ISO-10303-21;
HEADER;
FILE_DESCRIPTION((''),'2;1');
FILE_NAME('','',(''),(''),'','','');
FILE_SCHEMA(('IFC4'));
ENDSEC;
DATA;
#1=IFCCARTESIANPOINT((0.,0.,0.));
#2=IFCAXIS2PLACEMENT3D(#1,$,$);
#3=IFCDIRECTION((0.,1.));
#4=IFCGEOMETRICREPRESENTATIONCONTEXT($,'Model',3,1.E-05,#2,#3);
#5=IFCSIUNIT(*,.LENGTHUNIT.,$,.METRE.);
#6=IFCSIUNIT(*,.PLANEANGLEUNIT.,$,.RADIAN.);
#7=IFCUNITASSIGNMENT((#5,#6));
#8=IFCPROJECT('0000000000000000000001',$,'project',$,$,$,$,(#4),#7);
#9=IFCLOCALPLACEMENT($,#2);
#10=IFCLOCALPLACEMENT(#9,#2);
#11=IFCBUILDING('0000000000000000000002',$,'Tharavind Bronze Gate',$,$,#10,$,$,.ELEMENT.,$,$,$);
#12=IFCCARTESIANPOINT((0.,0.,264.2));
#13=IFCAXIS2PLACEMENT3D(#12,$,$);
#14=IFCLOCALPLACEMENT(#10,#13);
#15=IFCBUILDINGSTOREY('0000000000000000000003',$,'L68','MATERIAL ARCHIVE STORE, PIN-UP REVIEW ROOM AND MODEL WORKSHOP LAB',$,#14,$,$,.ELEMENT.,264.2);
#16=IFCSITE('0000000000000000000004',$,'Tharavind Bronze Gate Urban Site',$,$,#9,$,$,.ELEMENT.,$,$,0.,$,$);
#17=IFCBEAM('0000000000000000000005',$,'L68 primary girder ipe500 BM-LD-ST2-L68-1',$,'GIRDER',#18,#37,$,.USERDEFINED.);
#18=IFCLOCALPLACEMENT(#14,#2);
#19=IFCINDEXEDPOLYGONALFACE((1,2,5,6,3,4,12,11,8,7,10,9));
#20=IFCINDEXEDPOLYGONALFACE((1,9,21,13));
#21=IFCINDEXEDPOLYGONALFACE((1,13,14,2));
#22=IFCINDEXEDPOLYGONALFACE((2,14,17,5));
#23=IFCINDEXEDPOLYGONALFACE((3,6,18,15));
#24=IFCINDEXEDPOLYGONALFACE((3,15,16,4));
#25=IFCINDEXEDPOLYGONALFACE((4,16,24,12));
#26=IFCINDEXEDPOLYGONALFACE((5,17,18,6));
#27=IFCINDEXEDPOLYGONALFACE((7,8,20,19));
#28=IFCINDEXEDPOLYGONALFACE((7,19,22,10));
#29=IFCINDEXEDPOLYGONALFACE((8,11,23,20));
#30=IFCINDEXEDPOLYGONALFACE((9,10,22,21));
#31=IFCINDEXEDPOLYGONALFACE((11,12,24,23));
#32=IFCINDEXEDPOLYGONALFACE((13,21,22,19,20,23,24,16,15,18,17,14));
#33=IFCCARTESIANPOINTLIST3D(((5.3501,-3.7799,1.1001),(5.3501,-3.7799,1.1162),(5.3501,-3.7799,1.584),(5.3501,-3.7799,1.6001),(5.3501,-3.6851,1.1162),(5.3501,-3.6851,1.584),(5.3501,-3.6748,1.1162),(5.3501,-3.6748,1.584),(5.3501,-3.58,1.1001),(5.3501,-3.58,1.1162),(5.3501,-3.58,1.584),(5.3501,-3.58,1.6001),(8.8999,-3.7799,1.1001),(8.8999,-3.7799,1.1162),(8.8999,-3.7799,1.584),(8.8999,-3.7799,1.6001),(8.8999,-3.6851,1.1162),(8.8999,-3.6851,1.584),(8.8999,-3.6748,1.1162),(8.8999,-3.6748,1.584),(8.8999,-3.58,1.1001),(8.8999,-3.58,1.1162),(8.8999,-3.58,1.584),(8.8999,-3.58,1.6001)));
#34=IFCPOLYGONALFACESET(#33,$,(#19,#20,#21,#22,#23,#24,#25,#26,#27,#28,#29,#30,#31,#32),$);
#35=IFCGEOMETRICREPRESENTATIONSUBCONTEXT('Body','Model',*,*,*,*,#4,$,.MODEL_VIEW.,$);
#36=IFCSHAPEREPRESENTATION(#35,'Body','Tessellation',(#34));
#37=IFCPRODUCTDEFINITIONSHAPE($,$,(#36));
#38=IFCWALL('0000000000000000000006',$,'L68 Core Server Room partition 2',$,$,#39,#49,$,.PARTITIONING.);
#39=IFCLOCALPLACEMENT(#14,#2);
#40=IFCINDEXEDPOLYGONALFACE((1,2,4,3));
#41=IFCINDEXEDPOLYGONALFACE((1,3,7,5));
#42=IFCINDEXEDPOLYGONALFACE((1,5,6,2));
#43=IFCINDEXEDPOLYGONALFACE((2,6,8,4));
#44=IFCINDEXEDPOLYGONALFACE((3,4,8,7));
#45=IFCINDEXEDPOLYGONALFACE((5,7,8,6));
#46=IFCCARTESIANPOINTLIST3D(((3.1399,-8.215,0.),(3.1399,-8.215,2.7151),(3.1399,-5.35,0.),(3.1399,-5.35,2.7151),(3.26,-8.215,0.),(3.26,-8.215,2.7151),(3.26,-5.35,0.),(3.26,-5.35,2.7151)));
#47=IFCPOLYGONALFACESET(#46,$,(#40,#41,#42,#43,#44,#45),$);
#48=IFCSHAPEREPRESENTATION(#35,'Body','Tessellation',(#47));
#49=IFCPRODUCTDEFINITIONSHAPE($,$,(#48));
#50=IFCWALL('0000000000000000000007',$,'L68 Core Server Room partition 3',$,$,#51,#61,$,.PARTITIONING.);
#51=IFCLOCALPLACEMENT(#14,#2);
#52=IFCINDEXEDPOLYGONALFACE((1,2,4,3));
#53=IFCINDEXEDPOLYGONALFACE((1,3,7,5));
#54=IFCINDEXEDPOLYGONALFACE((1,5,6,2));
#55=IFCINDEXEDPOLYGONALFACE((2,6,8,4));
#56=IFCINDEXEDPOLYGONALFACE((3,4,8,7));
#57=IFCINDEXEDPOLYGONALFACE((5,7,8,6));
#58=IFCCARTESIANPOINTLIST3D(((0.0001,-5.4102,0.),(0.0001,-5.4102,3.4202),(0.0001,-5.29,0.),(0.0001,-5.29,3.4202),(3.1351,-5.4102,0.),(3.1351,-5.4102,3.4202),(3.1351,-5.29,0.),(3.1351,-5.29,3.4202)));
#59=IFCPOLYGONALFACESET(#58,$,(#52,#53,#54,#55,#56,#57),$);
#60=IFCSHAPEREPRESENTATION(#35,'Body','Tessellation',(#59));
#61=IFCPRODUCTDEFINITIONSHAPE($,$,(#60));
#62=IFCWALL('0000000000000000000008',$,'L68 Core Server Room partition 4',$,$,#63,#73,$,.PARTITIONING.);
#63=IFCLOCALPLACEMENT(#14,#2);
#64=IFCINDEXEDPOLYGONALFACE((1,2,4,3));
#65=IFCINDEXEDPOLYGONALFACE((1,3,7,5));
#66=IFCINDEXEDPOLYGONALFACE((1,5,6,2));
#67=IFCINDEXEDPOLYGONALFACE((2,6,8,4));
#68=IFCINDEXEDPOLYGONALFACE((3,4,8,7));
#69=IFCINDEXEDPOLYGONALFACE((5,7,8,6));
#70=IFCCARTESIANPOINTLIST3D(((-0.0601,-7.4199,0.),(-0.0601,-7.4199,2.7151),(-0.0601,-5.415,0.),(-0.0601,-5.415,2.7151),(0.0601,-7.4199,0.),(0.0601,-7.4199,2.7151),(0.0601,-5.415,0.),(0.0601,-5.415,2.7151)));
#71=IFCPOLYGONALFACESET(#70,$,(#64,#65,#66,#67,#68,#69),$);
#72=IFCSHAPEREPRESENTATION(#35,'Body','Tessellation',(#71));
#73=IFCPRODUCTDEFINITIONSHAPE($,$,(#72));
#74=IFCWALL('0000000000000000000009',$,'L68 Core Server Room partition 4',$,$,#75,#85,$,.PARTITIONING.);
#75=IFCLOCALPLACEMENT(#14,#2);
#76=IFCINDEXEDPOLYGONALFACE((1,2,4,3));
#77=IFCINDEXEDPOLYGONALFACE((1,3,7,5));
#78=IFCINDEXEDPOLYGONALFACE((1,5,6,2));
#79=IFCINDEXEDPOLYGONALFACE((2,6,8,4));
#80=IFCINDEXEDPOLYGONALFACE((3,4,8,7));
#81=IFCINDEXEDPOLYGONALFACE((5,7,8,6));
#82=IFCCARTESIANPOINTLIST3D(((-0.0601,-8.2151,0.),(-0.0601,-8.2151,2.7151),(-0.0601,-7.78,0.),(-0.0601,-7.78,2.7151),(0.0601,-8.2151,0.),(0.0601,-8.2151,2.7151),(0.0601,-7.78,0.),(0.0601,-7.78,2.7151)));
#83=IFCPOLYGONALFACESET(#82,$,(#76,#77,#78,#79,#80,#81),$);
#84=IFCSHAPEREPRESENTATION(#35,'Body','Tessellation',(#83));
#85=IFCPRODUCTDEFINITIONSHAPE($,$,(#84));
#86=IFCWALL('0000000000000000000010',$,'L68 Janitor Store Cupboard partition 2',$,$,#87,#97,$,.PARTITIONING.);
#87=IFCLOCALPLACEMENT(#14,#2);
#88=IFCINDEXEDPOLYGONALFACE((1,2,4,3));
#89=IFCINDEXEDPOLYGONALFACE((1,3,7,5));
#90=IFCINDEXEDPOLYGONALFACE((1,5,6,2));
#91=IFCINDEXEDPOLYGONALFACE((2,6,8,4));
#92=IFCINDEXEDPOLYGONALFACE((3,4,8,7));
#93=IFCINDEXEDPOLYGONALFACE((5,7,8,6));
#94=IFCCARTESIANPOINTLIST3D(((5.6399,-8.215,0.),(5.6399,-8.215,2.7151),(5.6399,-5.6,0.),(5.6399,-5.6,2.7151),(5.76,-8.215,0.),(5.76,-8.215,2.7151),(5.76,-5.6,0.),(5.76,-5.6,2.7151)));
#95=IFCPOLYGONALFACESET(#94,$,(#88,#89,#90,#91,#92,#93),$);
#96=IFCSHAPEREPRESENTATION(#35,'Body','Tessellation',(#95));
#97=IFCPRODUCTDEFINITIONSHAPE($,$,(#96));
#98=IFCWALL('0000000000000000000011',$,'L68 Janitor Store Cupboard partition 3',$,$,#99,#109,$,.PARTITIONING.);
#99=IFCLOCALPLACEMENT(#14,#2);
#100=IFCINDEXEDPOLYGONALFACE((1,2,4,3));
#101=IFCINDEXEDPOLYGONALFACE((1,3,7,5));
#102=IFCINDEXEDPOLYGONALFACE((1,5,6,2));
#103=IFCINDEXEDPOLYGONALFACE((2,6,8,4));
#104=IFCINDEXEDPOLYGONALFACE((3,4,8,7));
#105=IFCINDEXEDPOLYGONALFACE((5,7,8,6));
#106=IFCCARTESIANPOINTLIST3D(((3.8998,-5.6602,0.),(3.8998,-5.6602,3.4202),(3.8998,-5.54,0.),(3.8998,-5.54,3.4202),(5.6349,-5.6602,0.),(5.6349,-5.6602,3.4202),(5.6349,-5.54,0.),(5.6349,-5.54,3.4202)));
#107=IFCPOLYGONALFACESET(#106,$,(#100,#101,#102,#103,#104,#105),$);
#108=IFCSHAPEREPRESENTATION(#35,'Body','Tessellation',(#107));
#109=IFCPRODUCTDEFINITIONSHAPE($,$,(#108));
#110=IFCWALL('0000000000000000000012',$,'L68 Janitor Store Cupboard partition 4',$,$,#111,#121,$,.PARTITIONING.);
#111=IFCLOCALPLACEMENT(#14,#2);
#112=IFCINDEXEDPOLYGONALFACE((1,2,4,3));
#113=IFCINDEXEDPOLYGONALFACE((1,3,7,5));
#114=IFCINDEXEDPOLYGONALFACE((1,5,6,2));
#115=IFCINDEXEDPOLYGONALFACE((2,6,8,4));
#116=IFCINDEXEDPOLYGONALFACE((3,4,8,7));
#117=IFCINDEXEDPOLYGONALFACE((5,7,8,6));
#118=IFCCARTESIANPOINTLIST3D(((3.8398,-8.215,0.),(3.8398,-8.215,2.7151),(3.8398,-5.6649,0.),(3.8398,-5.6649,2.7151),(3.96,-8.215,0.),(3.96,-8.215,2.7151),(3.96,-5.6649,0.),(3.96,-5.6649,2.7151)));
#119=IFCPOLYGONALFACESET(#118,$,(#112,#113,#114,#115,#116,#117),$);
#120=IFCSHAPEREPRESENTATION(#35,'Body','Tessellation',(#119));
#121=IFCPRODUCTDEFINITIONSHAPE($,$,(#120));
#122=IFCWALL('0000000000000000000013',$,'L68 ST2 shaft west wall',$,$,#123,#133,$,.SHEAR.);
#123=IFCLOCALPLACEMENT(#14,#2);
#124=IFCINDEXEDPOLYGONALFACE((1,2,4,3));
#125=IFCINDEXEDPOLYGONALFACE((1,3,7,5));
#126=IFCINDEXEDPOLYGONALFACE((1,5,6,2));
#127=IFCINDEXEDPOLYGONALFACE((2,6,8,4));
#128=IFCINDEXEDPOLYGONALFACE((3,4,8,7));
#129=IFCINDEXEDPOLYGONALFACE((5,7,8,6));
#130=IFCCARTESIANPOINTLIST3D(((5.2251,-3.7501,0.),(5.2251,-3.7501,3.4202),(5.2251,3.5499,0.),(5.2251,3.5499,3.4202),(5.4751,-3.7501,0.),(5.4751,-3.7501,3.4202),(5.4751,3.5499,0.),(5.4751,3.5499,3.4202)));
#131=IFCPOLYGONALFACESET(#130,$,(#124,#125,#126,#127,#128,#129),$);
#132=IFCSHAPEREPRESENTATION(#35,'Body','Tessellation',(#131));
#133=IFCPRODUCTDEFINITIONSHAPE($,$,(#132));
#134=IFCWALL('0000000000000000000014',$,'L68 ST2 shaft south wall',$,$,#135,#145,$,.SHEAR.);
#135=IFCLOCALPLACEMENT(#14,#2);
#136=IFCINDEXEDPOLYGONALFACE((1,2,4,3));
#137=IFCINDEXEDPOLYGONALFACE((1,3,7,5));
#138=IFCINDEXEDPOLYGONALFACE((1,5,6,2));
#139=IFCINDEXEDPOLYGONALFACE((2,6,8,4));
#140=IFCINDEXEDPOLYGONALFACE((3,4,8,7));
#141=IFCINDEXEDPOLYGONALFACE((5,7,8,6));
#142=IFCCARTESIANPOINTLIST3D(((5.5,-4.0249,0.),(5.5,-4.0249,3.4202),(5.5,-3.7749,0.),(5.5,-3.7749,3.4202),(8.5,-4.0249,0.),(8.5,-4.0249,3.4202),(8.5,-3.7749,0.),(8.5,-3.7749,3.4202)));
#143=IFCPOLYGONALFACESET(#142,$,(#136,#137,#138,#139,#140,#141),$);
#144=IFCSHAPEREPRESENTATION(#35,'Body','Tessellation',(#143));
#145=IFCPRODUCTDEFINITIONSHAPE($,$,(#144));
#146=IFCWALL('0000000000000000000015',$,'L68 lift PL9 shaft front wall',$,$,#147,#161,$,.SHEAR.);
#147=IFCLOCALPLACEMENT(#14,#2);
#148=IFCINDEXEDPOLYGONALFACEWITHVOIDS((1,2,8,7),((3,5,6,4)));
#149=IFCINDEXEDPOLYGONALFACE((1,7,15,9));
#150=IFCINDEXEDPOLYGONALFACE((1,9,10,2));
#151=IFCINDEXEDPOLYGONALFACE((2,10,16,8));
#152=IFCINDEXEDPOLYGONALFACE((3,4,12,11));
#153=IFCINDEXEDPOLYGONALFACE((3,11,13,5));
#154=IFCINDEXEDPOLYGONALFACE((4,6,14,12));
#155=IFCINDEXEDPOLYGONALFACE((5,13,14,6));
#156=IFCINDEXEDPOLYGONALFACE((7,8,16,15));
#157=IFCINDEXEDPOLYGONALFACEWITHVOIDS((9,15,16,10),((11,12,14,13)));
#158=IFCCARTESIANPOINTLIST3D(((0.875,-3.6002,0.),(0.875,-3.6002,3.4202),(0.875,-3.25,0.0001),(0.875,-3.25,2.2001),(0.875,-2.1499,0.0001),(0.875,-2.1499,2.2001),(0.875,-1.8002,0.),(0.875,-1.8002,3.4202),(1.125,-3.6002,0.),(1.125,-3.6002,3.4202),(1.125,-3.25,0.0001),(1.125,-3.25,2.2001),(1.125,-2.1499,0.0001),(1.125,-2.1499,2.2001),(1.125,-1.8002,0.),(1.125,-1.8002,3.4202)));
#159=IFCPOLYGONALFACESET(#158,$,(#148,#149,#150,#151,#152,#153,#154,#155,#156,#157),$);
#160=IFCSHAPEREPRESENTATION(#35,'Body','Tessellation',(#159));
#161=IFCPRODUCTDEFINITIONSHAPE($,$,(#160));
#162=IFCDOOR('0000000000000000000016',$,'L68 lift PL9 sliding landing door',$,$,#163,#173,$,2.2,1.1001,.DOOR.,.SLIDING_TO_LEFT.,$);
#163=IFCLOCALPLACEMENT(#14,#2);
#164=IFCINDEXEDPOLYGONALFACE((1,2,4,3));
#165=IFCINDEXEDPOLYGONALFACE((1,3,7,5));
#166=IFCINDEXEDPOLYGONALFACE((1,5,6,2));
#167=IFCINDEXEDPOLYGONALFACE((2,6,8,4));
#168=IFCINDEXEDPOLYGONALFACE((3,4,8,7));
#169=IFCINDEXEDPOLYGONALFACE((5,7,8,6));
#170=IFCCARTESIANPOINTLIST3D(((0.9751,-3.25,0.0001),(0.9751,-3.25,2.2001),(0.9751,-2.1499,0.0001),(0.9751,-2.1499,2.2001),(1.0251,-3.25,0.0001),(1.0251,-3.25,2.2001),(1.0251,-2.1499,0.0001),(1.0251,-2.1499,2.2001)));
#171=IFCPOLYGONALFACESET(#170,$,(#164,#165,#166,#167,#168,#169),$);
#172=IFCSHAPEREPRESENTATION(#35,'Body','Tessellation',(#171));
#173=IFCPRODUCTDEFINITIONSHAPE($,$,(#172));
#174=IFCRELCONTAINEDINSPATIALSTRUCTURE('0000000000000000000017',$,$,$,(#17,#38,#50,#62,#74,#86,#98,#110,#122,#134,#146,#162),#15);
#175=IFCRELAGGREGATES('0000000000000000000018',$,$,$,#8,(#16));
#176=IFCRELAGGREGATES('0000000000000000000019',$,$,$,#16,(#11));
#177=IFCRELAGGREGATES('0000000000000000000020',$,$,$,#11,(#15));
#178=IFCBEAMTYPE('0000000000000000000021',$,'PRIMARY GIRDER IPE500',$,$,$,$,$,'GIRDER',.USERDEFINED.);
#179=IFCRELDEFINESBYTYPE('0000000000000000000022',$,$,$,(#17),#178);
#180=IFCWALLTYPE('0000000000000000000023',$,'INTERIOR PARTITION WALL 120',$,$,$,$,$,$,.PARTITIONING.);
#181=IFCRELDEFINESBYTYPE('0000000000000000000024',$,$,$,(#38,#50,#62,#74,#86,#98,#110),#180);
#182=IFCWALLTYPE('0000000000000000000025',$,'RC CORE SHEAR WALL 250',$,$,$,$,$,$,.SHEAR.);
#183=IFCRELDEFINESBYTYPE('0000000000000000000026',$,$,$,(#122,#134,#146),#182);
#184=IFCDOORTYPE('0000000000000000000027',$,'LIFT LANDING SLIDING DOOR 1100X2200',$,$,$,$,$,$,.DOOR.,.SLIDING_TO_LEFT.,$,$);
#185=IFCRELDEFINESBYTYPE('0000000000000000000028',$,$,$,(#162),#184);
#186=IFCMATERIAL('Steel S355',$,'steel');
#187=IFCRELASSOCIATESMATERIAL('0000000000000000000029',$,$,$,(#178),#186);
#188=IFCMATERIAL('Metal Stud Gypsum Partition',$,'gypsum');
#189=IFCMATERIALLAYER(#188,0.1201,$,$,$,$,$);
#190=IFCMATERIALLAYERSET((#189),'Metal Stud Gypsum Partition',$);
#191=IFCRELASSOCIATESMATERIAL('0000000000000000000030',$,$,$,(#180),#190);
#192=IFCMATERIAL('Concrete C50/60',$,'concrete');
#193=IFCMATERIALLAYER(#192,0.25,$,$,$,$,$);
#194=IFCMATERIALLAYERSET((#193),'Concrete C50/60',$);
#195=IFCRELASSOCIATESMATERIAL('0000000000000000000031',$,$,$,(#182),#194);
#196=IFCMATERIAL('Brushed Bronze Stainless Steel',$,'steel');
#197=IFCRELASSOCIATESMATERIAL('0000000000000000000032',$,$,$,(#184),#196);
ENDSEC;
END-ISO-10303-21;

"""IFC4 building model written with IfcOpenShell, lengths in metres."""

from ifc_helpers import new_model, si_unit, direction, frame, frame_2d, origin, origin_2d, place, context, subcontext, project, spatial, rectangle, i_section, extrude, material, layer, layer_set, material_profile, profile_set, type_object, element, fill, save


model = new_model("IFC4")

# Units and contexts
model_context = context("Model", 3, precision=1e-05, world=origin(), true_north=direction((0.0, 1.0)))
body_context = subcontext(model_context, "Body", "Model", "MODEL_VIEW")
ifc_project = project(units=[si_unit("LENGTHUNIT", "METRE"), si_unit("PLANEANGLEUNIT", "RADIAN")], contexts=[model_context])

# Site, building, storey
site_placement = place(None, origin())
site = spatial("IfcSite", under=ifc_project, at=site_placement, Name="Tharavind Bronze Gate Urban Site", CompositionType="ELEMENT", RefElevation=0.0)
building_placement = place(site_placement, origin())
building = spatial("IfcBuilding", under=site, at=building_placement, Name="Tharavind Bronze Gate", CompositionType="ELEMENT")
storey_placement = place(building_placement, frame((0.0, 0.0, 264.2)))
storey = spatial("IfcBuildingStorey", under=building, at=storey_placement, Name="L68", Description="MATERIAL ARCHIVE STORE, PIN-UP REVIEW ROOM AND MODEL WORKSHOP LAB", CompositionType="ELEMENT", Elevation=264.2)

# Beam
ifc_material_1 = material(Name="Steel S355", Category="steel")
ifc_material_profile = material_profile(ifc_material_1, i_section(OverallWidth=0.2, OverallDepth=0.5, WebThickness=0.0103, FlangeThickness=0.0161, at=origin_2d()), Name="IPE500")
ifc_profile_set = profile_set([ifc_material_profile], Name="Steel S355")
beam_type = type_object("IfcBeamType", Name="PRIMARY GIRDER IPE500", ElementType="GIRDER", PredefinedType="USERDEFINED", material=ifc_profile_set)
beam_placement = place(storey_placement, frame((5.3501, -3.6799, 1.3501), z_axis=(1.0, 0.0, 0.0), x_axis=(0.0, 1.0, 0.0)))
element("IfcBeam", 1, at=beam_placement, inside=storey, type_object=beam_type, Name="L68 primary girder ipe500 BM-LD-ST2-L68-1", ObjectType="GIRDER", PredefinedType="USERDEFINED", context=body_context, shape_type="SweptSolid", body=[
    extrude(i_section(OverallWidth=0.2, OverallDepth=0.5, WebThickness=0.0103, FlangeThickness=0.0161, at=origin_2d()), origin(), (0.0, 0.0, 1.0), 3.5498),
])

# Walls
ifc_material_2 = material(Name="Metal Stud Gypsum Partition", Category="gypsum")
ifc_layer_1 = layer(ifc_material_2, 0.1201)
ifc_layer_set_1 = layer_set([ifc_layer_1], Name="Metal Stud Gypsum Partition")
wall_type_1 = type_object("IfcWallType", Name="INTERIOR PARTITION WALL 120", PredefinedType="PARTITIONING", material=ifc_layer_set_1)
wall_1_placement = place(storey_placement, frame((3.2, -8.2151, 0.0), z_axis=(0.0, 0.0, 1.0), x_axis=(0.0, 1.0, 0.0)))
element("IfcWall", 2, at=wall_1_placement, inside=storey, type_object=wall_type_1, Name="L68 Core Server Room partition 2", PredefinedType="PARTITIONING", context=body_context, shape_type="SweptSolid", body=[
    extrude(rectangle(XDim=2.865, YDim=0.1201, at=frame_2d((1.4326, 0.0))), origin(), (0.0, 0.0, 1.0), 2.7151),
])
wall_2_placement = place(storey_placement, frame((3.135, -5.3501, 0.0), z_axis=(0.0, 0.0, 1.0), x_axis=(-1.0, 0.0, 0.0)))
element("IfcWall", 3, at=wall_2_placement, inside=storey, type_object=wall_type_1, Name="L68 Core Server Room partition 3", PredefinedType="PARTITIONING", context=body_context, shape_type="SweptSolid", body=[
    extrude(rectangle(XDim=3.135, YDim=0.1201, at=frame_2d((1.5674, 0.0))), origin(), (0.0, 0.0, 1.0), 3.4202),
])
wall_3_placement = place(storey_placement, frame((0.0, -5.415, 0.0), z_axis=(0.0, 0.0, 1.0), x_axis=(0.0, -1.0, 0.0)))
element("IfcWall", 4, at=wall_3_placement, inside=storey, type_object=wall_type_1, Name="L68 Core Server Room partition 4", PredefinedType="PARTITIONING", context=body_context, shape_type="SweptSolid", body=[
    extrude(rectangle(XDim=2.0049, YDim=0.1201, at=frame_2d((1.0024, 0.0))), origin(), (0.0, 0.0, 1.0), 2.7151),
])
wall_4_placement = place(storey_placement, frame((0.0, -7.78, 0.0), z_axis=(0.0, 0.0, 1.0), x_axis=(0.0, -1.0, 0.0)))
element("IfcWall", 5, at=wall_4_placement, inside=storey, type_object=wall_type_1, Name="L68 Core Server Room partition 4", PredefinedType="PARTITIONING", context=body_context, shape_type="SweptSolid", body=[
    extrude(rectangle(XDim=0.4351, YDim=0.1201, at=frame_2d((0.2175, 0.0))), origin(), (0.0, 0.0, 1.0), 2.7151),
])
wall_5_placement = place(storey_placement, frame((5.7, -8.2151, 0.0), z_axis=(0.0, 0.0, 1.0), x_axis=(0.0, 1.0, 0.0)))
element("IfcWall", 6, at=wall_5_placement, inside=storey, type_object=wall_type_1, Name="L68 Janitor Store Cupboard partition 2", PredefinedType="PARTITIONING", context=body_context, shape_type="SweptSolid", body=[
    extrude(rectangle(XDim=2.615, YDim=0.1201, at=frame_2d((1.3076, 0.0))), origin(), (0.0, 0.0, 1.0), 2.7151),
])
wall_6_placement = place(storey_placement, frame((5.635, -5.6001, 0.0), z_axis=(0.0, 0.0, 1.0), x_axis=(-1.0, 0.0, 0.0)))
element("IfcWall", 7, at=wall_6_placement, inside=storey, type_object=wall_type_1, Name="L68 Janitor Store Cupboard partition 3", PredefinedType="PARTITIONING", context=body_context, shape_type="SweptSolid", body=[
    extrude(rectangle(XDim=1.7351, YDim=0.1201, at=frame_2d((0.8677, 0.0))), origin(), (0.0, 0.0, 1.0), 3.4202),
])
wall_7_placement = place(storey_placement, frame((3.8999, -5.665, 0.0), z_axis=(0.0, 0.0, 1.0), x_axis=(0.0, -1.0, 0.0)))
element("IfcWall", 8, at=wall_7_placement, inside=storey, type_object=wall_type_1, Name="L68 Janitor Store Cupboard partition 4", PredefinedType="PARTITIONING", context=body_context, shape_type="SweptSolid", body=[
    extrude(rectangle(XDim=2.55, YDim=0.1201, at=frame_2d((1.2749, 0.0))), origin(), (0.0, 0.0, 1.0), 2.7151),
])
ifc_material_3 = material(Name="Concrete C50/60", Category="concrete")
ifc_layer_2 = layer(ifc_material_3, 0.25)
ifc_layer_set_2 = layer_set([ifc_layer_2], Name="Concrete C50/60")
wall_type_2 = type_object("IfcWallType", Name="RC CORE SHEAR WALL 250", PredefinedType="SHEAR", material=ifc_layer_set_2)
wall_8_placement = place(storey_placement, frame((5.3501, -3.75, 0.0), z_axis=(0.0, 0.0, 1.0), x_axis=(0.0, 1.0, 0.0)))
element("IfcWall", 9, at=wall_8_placement, inside=storey, type_object=wall_type_2, Name="L68 ST2 shaft west wall", PredefinedType="SHEAR", context=body_context, shape_type="SweptSolid", body=[
    extrude(rectangle(XDim=7.3, YDim=0.25, at=frame_2d((3.6499, 0.0))), origin(), (0.0, 0.0, 1.0), 3.4202),
])
wall_9_placement = place(storey_placement, frame((5.5, -3.8999, 0.0), z_axis=(0.0, 0.0, 1.0), x_axis=(1.0, 0.0, 0.0)))
element("IfcWall", 10, at=wall_9_placement, inside=storey, type_object=wall_type_2, Name="L68 ST2 shaft south wall", PredefinedType="SHEAR", context=body_context, shape_type="SweptSolid", body=[
    extrude(rectangle(XDim=3.0, YDim=0.25, at=frame_2d((1.5, 0.0))), origin(), (0.0, 0.0, 1.0), 3.4202),
])

# Wall, opening, door
wall_10_placement = place(storey_placement, frame((1.0, -3.6001, 0.0), z_axis=(0.0, 0.0, 1.0), x_axis=(0.0, 1.0, 0.0)))
wall_10 = element("IfcWall", 11, at=wall_10_placement, inside=storey, type_object=wall_type_2, Name="L68 lift PL9 shaft front wall", PredefinedType="SHEAR", context=body_context, shape_type="SweptSolid", body=[
    extrude(rectangle(XDim=1.8, YDim=0.25, at=frame_2d((0.8999, 0.0))), origin(), (0.0, 0.0, 1.0), 3.4202),
])
opening_1_placement = place(wall_10_placement, frame((0.3501, 0.0, 0.0)))
opening_1 = element("IfcOpeningElement", 12, at=opening_1_placement, cuts=wall_10, PredefinedType="OPENING", context=body_context, shape_type="SweptSolid", body=[
    extrude(rectangle(XDim=1.1001, YDim=2.2, at=frame_2d((0.55, 1.1001))), frame((0.0, 0.135, 0.0), z_axis=(0.0, -1.0, 0.0), x_axis=(1.0, 0.0, 0.0)), (0.0, 0.0, 1.0), 0.27),
])
ifc_material_4 = material(Name="Brushed Bronze Stainless Steel", Category="steel")
door_type = type_object("IfcDoorType", Name="LIFT LANDING SLIDING DOOR 1100X2200", OperationType="SLIDING_TO_LEFT", PredefinedType="DOOR", material=ifc_material_4)
door_1_placement = place(opening_1_placement, origin())
door_1 = element("IfcDoor", 13, at=door_1_placement, inside=storey, type_object=door_type, Name="L68 lift PL9 sliding landing door", OperationType="SLIDING_TO_LEFT", OverallHeight=2.2, OverallWidth=1.1001, PredefinedType="DOOR", context=body_context, shape_type="SweptSolid", body=[
    extrude(rectangle(XDim=1.1001, YDim=2.2, at=frame_2d((0.55, 1.1001))), frame((0.0, 0.0249, 0.0), z_axis=(0.0, -1.0, 0.0), x_axis=(1.0, 0.0, 0.0)), (0.0, 0.0, 1.0), 0.05),
])
fill(opening_1, door_1)

save(model, "model.ifc")
